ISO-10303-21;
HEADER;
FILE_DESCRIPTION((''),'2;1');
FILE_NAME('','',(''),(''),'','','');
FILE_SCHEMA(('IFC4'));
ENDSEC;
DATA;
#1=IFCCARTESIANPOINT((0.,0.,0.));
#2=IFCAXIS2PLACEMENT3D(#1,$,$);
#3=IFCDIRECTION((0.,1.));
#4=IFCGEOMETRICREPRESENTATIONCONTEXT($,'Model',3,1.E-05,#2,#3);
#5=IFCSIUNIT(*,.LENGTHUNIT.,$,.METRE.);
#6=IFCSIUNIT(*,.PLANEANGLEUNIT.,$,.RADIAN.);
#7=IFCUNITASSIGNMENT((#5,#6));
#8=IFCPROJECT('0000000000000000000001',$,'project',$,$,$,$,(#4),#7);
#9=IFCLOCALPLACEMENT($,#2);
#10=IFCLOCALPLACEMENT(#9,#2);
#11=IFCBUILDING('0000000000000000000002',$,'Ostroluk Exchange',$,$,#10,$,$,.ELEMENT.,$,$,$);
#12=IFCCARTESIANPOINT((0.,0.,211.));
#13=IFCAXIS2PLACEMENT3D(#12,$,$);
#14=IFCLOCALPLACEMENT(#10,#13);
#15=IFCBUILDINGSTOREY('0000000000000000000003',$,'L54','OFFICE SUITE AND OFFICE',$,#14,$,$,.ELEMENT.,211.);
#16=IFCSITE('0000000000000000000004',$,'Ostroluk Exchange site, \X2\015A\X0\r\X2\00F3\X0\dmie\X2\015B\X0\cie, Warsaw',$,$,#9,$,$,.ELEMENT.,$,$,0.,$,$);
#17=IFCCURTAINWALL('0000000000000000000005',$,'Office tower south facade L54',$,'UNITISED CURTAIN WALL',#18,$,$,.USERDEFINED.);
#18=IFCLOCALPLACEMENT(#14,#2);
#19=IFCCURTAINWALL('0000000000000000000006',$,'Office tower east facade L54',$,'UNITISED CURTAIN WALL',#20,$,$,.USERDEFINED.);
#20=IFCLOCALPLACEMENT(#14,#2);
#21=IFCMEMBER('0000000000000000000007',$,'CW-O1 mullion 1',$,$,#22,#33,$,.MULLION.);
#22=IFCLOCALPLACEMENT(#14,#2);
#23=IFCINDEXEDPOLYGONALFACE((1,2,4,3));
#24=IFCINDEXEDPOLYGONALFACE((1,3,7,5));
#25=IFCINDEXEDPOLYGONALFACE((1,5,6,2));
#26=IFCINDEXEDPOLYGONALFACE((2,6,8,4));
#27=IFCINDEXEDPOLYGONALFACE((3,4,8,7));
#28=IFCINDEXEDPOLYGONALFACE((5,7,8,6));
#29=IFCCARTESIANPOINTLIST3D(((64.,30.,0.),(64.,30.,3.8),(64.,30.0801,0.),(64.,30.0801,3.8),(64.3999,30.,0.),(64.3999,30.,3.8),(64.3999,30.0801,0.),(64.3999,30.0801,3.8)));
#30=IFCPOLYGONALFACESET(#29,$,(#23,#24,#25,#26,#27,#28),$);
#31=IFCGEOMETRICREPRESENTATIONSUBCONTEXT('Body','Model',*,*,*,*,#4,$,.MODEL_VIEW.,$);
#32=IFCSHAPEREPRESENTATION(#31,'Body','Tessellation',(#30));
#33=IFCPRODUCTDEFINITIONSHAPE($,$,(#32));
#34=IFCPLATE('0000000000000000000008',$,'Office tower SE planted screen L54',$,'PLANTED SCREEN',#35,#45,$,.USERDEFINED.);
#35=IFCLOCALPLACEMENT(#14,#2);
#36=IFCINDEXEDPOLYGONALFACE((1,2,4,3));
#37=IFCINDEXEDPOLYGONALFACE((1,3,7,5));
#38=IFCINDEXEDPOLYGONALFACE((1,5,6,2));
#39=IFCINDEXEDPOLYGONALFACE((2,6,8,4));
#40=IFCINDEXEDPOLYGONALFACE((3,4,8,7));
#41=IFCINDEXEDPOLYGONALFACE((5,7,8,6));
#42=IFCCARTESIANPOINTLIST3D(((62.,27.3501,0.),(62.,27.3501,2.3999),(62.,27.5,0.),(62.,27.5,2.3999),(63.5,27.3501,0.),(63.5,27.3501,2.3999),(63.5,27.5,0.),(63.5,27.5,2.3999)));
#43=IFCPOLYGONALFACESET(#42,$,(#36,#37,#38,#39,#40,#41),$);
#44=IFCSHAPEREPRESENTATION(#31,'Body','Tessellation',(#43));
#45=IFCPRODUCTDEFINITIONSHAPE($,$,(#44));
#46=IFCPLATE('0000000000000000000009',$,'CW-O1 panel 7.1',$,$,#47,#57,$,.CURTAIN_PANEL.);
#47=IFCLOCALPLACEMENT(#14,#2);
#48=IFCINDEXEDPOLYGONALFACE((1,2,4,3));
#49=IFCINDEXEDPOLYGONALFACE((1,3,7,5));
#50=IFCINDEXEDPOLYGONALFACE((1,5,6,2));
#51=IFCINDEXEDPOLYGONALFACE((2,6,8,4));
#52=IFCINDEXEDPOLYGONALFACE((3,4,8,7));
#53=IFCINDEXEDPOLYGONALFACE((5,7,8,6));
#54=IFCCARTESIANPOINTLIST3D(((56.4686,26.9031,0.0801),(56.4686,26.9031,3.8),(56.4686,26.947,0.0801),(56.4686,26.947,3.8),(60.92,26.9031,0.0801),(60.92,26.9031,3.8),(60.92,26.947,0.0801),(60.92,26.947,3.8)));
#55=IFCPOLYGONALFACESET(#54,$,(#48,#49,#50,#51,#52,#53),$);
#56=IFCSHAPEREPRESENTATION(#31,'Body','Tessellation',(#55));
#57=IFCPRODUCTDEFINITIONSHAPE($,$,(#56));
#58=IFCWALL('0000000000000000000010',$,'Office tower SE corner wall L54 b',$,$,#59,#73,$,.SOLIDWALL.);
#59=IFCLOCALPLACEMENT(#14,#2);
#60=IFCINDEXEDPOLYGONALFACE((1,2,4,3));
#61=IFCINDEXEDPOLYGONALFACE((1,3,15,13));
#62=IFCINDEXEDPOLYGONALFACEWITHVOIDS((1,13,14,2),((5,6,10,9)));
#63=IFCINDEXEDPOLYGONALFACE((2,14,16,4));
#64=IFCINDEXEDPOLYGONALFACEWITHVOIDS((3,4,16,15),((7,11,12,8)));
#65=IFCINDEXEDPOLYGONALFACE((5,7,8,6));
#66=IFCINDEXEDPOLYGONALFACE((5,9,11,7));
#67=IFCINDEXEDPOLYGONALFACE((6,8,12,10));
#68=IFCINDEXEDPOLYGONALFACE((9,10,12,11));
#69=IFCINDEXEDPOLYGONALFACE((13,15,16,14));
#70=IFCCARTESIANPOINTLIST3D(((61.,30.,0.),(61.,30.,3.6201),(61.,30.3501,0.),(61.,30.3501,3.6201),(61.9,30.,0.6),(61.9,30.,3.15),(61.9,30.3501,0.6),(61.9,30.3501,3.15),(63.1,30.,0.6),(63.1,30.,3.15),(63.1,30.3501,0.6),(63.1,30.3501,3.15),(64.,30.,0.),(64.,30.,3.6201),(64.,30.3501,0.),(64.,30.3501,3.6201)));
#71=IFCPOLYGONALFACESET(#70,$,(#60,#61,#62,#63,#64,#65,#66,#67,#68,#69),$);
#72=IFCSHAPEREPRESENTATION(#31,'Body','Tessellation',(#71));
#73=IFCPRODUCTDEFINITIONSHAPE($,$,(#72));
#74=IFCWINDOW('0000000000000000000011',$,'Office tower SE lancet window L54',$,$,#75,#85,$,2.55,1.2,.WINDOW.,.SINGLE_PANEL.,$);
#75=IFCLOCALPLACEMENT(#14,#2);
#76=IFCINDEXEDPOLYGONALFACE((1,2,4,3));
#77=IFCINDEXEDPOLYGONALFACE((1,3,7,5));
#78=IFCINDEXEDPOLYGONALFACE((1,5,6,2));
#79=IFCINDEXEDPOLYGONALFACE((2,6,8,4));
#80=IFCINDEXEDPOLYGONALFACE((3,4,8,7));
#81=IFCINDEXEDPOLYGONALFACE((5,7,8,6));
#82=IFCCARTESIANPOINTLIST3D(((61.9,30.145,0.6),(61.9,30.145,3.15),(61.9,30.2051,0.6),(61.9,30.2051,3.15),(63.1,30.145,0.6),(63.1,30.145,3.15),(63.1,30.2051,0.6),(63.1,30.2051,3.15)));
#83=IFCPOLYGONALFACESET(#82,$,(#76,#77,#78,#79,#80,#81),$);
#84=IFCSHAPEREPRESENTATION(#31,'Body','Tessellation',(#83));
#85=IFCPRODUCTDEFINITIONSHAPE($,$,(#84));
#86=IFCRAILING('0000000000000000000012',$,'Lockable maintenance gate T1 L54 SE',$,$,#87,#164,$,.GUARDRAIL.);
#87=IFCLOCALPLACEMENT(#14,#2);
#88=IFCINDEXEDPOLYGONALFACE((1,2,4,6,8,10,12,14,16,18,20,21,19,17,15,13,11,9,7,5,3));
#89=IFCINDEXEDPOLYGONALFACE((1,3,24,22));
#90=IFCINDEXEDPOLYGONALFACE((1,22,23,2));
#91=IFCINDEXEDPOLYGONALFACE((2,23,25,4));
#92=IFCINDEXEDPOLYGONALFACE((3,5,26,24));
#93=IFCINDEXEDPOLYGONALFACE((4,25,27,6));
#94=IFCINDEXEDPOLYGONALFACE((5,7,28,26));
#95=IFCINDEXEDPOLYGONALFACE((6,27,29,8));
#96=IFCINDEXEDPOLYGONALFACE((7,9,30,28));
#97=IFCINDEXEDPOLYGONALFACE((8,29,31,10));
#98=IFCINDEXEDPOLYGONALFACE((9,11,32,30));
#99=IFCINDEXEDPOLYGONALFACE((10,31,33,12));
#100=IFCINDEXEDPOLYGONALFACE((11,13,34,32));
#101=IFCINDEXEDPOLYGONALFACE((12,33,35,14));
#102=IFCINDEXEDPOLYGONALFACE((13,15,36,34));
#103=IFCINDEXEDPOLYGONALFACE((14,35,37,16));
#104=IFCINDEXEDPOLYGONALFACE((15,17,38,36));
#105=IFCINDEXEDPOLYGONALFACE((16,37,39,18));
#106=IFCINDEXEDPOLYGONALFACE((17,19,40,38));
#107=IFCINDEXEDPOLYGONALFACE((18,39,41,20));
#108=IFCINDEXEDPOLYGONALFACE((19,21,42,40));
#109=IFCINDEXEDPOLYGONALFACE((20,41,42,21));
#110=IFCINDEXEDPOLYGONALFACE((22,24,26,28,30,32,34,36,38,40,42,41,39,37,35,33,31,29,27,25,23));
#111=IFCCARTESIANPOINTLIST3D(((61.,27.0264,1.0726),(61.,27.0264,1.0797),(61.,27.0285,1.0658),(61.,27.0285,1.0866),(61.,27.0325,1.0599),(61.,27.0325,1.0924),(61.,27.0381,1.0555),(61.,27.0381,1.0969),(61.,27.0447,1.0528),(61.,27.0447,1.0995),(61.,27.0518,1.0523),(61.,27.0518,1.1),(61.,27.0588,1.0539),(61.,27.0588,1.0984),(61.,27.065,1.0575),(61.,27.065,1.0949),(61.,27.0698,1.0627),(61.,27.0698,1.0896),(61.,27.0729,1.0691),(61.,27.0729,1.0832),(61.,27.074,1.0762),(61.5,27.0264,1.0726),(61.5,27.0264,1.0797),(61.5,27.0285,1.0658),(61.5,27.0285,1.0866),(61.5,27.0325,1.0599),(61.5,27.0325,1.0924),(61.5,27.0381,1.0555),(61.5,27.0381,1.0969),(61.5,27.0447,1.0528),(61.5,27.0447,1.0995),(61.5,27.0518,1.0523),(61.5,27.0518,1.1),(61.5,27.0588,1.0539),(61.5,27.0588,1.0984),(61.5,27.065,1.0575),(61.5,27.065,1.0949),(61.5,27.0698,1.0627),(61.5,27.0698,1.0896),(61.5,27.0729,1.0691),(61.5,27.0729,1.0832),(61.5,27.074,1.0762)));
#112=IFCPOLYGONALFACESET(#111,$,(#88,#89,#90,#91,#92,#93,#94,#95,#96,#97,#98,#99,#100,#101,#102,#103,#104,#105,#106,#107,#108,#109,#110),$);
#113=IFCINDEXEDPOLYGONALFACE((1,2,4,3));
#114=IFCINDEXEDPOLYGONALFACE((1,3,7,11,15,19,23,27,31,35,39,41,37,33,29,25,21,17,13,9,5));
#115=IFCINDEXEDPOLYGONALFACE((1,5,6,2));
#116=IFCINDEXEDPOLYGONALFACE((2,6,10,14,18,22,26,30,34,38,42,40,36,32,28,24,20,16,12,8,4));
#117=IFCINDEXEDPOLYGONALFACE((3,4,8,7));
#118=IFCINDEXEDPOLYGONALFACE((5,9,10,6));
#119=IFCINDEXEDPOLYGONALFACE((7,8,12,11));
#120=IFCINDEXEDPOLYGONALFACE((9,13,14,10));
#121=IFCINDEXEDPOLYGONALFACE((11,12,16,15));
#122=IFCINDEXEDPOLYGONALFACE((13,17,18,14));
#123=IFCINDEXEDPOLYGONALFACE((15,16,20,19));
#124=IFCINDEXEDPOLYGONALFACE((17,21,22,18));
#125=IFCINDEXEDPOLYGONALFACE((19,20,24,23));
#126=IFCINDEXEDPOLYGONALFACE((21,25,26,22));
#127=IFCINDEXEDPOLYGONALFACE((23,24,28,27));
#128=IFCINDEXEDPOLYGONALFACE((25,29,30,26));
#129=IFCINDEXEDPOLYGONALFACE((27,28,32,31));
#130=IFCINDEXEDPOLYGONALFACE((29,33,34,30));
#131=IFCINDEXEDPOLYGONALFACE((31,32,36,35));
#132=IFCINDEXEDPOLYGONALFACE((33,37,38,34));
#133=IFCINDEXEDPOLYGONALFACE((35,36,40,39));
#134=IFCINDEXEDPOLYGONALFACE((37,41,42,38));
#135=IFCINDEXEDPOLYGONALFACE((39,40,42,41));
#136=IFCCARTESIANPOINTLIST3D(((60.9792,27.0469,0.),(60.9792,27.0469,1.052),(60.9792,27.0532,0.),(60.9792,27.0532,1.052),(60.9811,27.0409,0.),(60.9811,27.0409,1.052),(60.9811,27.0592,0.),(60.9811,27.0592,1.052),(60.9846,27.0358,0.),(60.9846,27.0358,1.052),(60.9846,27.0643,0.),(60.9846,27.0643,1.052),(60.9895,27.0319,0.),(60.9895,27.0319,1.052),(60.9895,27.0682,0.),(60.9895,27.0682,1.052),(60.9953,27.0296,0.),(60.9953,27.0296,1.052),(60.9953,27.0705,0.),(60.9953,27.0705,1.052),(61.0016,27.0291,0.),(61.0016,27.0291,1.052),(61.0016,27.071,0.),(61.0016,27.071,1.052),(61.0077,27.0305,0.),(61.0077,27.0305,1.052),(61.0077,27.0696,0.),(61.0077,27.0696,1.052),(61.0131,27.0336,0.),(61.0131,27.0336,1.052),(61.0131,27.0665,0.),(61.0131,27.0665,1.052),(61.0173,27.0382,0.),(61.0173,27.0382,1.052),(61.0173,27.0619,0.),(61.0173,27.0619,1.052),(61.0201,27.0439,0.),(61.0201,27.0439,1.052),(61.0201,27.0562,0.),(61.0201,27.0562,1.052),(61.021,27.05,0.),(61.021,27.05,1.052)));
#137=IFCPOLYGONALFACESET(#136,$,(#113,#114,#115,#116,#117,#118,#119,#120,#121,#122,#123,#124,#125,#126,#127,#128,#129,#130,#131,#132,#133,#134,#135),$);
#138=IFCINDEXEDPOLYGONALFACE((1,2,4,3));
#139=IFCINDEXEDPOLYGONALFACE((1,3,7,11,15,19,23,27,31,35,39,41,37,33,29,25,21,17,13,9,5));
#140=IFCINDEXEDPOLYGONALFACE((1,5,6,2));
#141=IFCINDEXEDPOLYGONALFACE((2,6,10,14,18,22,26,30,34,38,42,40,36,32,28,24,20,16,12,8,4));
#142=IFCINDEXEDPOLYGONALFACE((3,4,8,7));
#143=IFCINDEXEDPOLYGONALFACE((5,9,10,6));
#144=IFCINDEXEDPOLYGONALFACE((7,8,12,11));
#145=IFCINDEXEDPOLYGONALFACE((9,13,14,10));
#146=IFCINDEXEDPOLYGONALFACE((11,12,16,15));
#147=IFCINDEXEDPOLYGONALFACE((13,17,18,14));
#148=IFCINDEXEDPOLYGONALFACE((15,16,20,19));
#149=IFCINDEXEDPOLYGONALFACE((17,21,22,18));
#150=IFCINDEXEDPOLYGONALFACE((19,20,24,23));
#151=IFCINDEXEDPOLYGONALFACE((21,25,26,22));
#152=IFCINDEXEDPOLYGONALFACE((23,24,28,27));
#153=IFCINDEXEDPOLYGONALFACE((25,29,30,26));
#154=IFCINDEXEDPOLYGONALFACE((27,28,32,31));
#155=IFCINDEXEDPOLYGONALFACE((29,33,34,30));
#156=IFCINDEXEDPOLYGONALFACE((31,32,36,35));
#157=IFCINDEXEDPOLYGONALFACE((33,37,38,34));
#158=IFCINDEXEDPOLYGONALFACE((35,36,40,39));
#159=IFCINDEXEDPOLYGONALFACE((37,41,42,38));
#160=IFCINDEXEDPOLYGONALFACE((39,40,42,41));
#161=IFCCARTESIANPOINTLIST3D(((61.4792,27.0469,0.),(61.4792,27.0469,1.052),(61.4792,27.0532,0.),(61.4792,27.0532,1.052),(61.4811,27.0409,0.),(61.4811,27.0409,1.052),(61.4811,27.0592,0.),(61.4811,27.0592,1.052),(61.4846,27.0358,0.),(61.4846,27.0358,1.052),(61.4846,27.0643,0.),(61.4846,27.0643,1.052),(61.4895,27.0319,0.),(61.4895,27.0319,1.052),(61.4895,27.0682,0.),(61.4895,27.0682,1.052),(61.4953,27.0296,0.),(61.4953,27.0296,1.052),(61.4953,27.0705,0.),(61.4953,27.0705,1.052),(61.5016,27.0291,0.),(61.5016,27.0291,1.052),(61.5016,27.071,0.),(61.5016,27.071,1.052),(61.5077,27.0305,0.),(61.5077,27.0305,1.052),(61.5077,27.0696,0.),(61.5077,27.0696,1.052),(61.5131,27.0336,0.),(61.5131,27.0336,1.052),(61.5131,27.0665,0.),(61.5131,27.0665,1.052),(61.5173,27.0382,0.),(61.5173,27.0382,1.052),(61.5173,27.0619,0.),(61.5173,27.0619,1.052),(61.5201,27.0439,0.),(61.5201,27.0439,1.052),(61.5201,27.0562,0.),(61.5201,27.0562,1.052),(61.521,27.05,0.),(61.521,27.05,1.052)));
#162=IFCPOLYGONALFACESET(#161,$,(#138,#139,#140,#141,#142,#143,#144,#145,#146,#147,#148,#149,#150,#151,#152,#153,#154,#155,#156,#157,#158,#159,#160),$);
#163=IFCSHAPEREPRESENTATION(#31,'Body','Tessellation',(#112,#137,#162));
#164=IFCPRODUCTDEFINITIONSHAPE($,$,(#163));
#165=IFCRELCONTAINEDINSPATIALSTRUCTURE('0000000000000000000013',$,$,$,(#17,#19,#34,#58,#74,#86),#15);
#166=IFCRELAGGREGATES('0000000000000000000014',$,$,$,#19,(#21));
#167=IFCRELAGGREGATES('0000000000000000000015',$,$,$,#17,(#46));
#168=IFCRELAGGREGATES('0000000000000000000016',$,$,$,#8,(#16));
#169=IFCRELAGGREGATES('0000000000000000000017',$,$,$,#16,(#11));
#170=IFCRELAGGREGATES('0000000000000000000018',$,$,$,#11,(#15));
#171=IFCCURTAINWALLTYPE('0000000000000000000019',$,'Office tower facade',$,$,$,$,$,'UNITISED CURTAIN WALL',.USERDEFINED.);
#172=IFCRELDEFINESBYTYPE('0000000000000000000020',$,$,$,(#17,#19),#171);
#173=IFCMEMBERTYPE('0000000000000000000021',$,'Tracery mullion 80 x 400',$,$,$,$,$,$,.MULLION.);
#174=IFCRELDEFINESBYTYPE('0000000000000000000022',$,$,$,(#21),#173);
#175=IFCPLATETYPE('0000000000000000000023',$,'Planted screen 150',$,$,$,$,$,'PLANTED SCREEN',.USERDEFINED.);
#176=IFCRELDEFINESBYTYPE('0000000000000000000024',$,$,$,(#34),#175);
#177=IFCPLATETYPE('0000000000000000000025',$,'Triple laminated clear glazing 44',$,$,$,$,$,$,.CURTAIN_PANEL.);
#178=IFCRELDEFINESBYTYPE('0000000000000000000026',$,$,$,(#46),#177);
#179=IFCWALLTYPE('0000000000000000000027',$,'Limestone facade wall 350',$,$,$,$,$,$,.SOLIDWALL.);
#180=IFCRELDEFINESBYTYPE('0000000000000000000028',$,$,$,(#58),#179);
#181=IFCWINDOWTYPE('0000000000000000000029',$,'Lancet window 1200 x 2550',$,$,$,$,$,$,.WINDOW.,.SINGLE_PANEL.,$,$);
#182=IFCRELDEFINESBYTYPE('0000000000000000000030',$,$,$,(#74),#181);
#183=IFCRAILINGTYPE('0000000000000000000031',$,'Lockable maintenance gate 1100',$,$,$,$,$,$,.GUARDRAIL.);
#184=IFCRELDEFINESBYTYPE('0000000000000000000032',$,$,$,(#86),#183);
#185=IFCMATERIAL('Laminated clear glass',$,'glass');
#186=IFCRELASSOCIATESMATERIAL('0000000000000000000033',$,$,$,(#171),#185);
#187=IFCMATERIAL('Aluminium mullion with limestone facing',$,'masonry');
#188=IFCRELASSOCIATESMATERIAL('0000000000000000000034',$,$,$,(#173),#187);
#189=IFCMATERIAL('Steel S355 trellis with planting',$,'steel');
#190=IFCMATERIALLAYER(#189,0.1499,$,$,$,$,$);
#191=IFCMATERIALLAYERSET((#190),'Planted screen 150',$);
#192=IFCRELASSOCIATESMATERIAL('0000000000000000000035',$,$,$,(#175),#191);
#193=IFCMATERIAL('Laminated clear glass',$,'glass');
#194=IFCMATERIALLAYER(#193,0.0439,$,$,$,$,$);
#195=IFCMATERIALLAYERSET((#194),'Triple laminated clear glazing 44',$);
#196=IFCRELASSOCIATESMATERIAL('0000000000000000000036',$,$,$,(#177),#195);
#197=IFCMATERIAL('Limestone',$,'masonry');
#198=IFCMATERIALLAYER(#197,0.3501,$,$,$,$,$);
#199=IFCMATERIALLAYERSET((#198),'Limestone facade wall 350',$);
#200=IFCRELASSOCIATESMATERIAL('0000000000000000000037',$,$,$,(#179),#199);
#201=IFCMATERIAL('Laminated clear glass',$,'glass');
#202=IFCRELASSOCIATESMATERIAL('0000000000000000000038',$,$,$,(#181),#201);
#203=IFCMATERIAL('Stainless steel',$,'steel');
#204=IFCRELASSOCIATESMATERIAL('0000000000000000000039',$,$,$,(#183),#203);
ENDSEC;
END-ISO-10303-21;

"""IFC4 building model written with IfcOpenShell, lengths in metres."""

from ifc_helpers import new_model, si_unit, direction, frame, frame_2d, origin, origin_2d, place, context, subcontext, project, spatial, rectangle, circle, extrude, material, layer, layer_set, material_profile, profile_set, type_object, element, fill, aggregate, save


model = new_model("IFC4")

# Units and contexts
model_context = context("Model", 3, precision=1e-05, world=origin(), true_north=direction((0.0, 1.0)))
body_context = subcontext(model_context, "Body", "Model", "MODEL_VIEW")
ifc_project = project(units=[si_unit("LENGTHUNIT", "METRE"), si_unit("PLANEANGLEUNIT", "RADIAN")], contexts=[model_context])

# Site, building, storey
site_placement = place(None, origin())
site = spatial("IfcSite", under=ifc_project, at=site_placement, Name="Ostroluk Exchange site, Śródmieście, Warsaw", CompositionType="ELEMENT", RefElevation=0.0)
building_placement = place(site_placement, origin())
building = spatial("IfcBuilding", under=site, at=building_placement, Name="Ostroluk Exchange", CompositionType="ELEMENT")
storey_placement = place(building_placement, frame((0.0, 0.0, 211.0)))
storey = spatial("IfcBuildingStorey", under=building, at=storey_placement, Name="L54", Description="OFFICE SUITE AND OFFICE", CompositionType="ELEMENT", Elevation=211.0)

# Curtain walls
ifc_material_1 = material(Name="Laminated clear glass", Category="glass")
curtain_wall_type = type_object("IfcCurtainWallType", Name="Office tower facade", ElementType="UNITISED CURTAIN WALL", PredefinedType="USERDEFINED", material=ifc_material_1)
curtain_wall_1_placement = place(storey_placement, origin())
curtain_wall_1 = element("IfcCurtainWall", 1, at=curtain_wall_1_placement, inside=storey, type_object=curtain_wall_type, Name="Office tower south facade L54", ObjectType="UNITISED CURTAIN WALL", PredefinedType="USERDEFINED")
curtain_wall_2_placement = place(storey_placement, origin())
curtain_wall_2 = element("IfcCurtainWall", 2, at=curtain_wall_2_placement, inside=storey, type_object=curtain_wall_type, Name="Office tower east facade L54", ObjectType="UNITISED CURTAIN WALL", PredefinedType="USERDEFINED")

# Member
ifc_material_2 = material(Name="Aluminium mullion with limestone facing", Category="masonry")
ifc_material_profile_1 = material_profile(ifc_material_2, rectangle(XDim=0.3999, YDim=0.0801, at=origin_2d()), Name="Tracery mullion 80 x 400")
ifc_profile_set_1 = profile_set([ifc_material_profile_1], Name="Aluminium mullion with limestone facing")
member_type_1 = type_object("IfcMemberType", Name="Tracery mullion 80 x 400", PredefinedType="MULLION", material=ifc_profile_set_1)
member_1_placement = place(storey_placement, frame((64.2, 30.04, 0.0), z_axis=(0.0, 0.0, 1.0), x_axis=(-1.0, 0.0, 0.0)))
member_1 = element("IfcMember", 3, at=member_1_placement, type_object=member_type_1, Name="CW-O1 mullion 1", PredefinedType="MULLION", context=body_context, shape_type="SweptSolid", body=[
    extrude(rectangle(XDim=0.3999, YDim=0.0801, at=origin_2d()), origin(), (0.0, 0.0, 1.0), 3.8),
])
aggregate(curtain_wall_2, [member_1])

# Plates
ifc_material_3 = material(Name="Steel S355 trellis with planting", Category="steel")
ifc_layer_1 = layer(ifc_material_3, 0.1499)
ifc_layer_set_1 = layer_set([ifc_layer_1], Name="Planted screen 150")
plate_type_1 = type_object("IfcPlateType", Name="Planted screen 150", ElementType="PLANTED SCREEN", PredefinedType="USERDEFINED", material=ifc_layer_set_1)
plate_1_placement = place(storey_placement, frame((62.75, 27.425, 0.0), z_axis=(0.0, 0.0, 1.0), x_axis=(1.0, 0.0, 0.0)))
element("IfcPlate", 4, at=plate_1_placement, inside=storey, type_object=plate_type_1, Name="Office tower SE planted screen L54", ObjectType="PLANTED SCREEN", PredefinedType="USERDEFINED", context=body_context, shape_type="SweptSolid", body=[
    extrude(rectangle(XDim=1.5, YDim=0.1499, at=origin_2d()), origin(), (0.0, 0.0, 1.0), 2.3999),
])
ifc_material_4 = material(Name="Laminated clear glass", Category="glass")
ifc_layer_2 = layer(ifc_material_4, 0.0439)
ifc_layer_set_2 = layer_set([ifc_layer_2], Name="Triple laminated clear glazing 44")
plate_type_2 = type_object("IfcPlateType", Name="Triple laminated clear glazing 44", PredefinedType="CURTAIN_PANEL", material=ifc_layer_set_2)
plate_2_placement = place(storey_placement, frame((58.6943, 26.925, 0.0801), z_axis=(0.0, 0.0, 1.0), x_axis=(1.0, 0.0, 0.0)))
plate_2 = element("IfcPlate", 5, at=plate_2_placement, type_object=plate_type_2, Name="CW-O1 panel 7.1", PredefinedType="CURTAIN_PANEL", context=body_context, shape_type="SweptSolid", body=[
    extrude(rectangle(XDim=4.4514, YDim=0.0439, at=origin_2d()), origin(), (0.0, 0.0, 1.0), 3.72),
])
aggregate(curtain_wall_1, [plate_2])

# Shared definitions
ifc_material_5 = material(Name="Limestone", Category="masonry")
ifc_layer_3 = layer(ifc_material_5, 0.3501)
ifc_layer_set_3 = layer_set([ifc_layer_3], Name="Limestone facade wall 350")
wall_type = type_object("IfcWallType", Name="Limestone facade wall 350", PredefinedType="SOLIDWALL", material=ifc_layer_set_3)

# Wall, opening, window
wall_1_placement = place(storey_placement, frame((61.0, 30.175, 0.0), z_axis=(0.0, 0.0, 1.0), x_axis=(1.0, 0.0, 0.0)))
wall_1 = element("IfcWall", 6, at=wall_1_placement, inside=storey, type_object=wall_type, Name="Office tower SE corner wall L54 b", PredefinedType="SOLIDWALL", context=body_context, shape_type="SweptSolid", body=[
    extrude(rectangle(XDim=3.0, YDim=0.3501, at=frame_2d((1.5, 0.0))), origin(), (0.0, 0.0, 1.0), 3.6201),
])
opening_1_placement = place(wall_1_placement, frame((0.8999, 0.0, 0.6001)))
opening_1 = element("IfcOpeningElement", 7, at=opening_1_placement, cuts=wall_1, PredefinedType="OPENING", context=body_context, shape_type="SweptSolid", body=[
    extrude(rectangle(XDim=1.2, YDim=2.55, at=frame_2d((0.6001, 1.2749))), frame((0.0, 0.1851, 0.0), z_axis=(0.0, -1.0, 0.0), x_axis=(1.0, 0.0, 0.0)), (0.0, 0.0, 1.0), 0.3701),
])
ifc_material_6 = material(Name="Laminated clear glass", Category="glass")
window_type = type_object("IfcWindowType", Name="Lancet window 1200 x 2550", PartitioningType="SINGLE_PANEL", PredefinedType="WINDOW", material=ifc_material_6)
window_placement = place(opening_1_placement, origin())
window = element("IfcWindow", 8, at=window_placement, inside=storey, type_object=window_type, Name="Office tower SE lancet window L54", OverallHeight=2.55, OverallWidth=1.2, PartitioningType="SINGLE_PANEL", PredefinedType="WINDOW", context=body_context, shape_type="SweptSolid", body=[
    extrude(rectangle(XDim=1.2, YDim=2.55, at=frame_2d((0.6001, 1.2749))), frame((0.0, 0.03, 0.0), z_axis=(0.0, -1.0, 0.0), x_axis=(1.0, 0.0, 0.0)), (0.0, 0.0, 1.0), 0.0601),
])
fill(opening_1, window)

# Railing
ifc_material_7 = material(Name="Stainless steel", Category="steel")
railing_type_1 = type_object("IfcRailingType", Name="Lockable maintenance gate 1100", PredefinedType="GUARDRAIL", material=ifc_material_7)
railing_1_placement = place(storey_placement, frame((61.0, 27.05, 0.0)))
element("IfcRailing", 9, at=railing_1_placement, inside=storey, type_object=railing_type_1, Name="Lockable maintenance gate T1 L54 SE", PredefinedType="GUARDRAIL", context=body_context, shape_type="SweptSolid", body=[
    extrude(circle(Radius=0.0239, at=origin_2d()), frame((0.0, 0.0, 1.0762), z_axis=(1.0, 0.0, 0.0), x_axis=(0.0, 1.0, 0.0)), (0.0, 0.0, 1.0), 0.5),
    extrude(circle(Radius=0.021, at=origin_2d()), origin(), (0.0, 0.0, 1.0), 1.052),
    extrude(circle(Radius=0.021, at=origin_2d()), frame((0.5, 0.0, 0.0)), (0.0, 0.0, 1.0), 1.052),
])

save(model, "model.ifc")
